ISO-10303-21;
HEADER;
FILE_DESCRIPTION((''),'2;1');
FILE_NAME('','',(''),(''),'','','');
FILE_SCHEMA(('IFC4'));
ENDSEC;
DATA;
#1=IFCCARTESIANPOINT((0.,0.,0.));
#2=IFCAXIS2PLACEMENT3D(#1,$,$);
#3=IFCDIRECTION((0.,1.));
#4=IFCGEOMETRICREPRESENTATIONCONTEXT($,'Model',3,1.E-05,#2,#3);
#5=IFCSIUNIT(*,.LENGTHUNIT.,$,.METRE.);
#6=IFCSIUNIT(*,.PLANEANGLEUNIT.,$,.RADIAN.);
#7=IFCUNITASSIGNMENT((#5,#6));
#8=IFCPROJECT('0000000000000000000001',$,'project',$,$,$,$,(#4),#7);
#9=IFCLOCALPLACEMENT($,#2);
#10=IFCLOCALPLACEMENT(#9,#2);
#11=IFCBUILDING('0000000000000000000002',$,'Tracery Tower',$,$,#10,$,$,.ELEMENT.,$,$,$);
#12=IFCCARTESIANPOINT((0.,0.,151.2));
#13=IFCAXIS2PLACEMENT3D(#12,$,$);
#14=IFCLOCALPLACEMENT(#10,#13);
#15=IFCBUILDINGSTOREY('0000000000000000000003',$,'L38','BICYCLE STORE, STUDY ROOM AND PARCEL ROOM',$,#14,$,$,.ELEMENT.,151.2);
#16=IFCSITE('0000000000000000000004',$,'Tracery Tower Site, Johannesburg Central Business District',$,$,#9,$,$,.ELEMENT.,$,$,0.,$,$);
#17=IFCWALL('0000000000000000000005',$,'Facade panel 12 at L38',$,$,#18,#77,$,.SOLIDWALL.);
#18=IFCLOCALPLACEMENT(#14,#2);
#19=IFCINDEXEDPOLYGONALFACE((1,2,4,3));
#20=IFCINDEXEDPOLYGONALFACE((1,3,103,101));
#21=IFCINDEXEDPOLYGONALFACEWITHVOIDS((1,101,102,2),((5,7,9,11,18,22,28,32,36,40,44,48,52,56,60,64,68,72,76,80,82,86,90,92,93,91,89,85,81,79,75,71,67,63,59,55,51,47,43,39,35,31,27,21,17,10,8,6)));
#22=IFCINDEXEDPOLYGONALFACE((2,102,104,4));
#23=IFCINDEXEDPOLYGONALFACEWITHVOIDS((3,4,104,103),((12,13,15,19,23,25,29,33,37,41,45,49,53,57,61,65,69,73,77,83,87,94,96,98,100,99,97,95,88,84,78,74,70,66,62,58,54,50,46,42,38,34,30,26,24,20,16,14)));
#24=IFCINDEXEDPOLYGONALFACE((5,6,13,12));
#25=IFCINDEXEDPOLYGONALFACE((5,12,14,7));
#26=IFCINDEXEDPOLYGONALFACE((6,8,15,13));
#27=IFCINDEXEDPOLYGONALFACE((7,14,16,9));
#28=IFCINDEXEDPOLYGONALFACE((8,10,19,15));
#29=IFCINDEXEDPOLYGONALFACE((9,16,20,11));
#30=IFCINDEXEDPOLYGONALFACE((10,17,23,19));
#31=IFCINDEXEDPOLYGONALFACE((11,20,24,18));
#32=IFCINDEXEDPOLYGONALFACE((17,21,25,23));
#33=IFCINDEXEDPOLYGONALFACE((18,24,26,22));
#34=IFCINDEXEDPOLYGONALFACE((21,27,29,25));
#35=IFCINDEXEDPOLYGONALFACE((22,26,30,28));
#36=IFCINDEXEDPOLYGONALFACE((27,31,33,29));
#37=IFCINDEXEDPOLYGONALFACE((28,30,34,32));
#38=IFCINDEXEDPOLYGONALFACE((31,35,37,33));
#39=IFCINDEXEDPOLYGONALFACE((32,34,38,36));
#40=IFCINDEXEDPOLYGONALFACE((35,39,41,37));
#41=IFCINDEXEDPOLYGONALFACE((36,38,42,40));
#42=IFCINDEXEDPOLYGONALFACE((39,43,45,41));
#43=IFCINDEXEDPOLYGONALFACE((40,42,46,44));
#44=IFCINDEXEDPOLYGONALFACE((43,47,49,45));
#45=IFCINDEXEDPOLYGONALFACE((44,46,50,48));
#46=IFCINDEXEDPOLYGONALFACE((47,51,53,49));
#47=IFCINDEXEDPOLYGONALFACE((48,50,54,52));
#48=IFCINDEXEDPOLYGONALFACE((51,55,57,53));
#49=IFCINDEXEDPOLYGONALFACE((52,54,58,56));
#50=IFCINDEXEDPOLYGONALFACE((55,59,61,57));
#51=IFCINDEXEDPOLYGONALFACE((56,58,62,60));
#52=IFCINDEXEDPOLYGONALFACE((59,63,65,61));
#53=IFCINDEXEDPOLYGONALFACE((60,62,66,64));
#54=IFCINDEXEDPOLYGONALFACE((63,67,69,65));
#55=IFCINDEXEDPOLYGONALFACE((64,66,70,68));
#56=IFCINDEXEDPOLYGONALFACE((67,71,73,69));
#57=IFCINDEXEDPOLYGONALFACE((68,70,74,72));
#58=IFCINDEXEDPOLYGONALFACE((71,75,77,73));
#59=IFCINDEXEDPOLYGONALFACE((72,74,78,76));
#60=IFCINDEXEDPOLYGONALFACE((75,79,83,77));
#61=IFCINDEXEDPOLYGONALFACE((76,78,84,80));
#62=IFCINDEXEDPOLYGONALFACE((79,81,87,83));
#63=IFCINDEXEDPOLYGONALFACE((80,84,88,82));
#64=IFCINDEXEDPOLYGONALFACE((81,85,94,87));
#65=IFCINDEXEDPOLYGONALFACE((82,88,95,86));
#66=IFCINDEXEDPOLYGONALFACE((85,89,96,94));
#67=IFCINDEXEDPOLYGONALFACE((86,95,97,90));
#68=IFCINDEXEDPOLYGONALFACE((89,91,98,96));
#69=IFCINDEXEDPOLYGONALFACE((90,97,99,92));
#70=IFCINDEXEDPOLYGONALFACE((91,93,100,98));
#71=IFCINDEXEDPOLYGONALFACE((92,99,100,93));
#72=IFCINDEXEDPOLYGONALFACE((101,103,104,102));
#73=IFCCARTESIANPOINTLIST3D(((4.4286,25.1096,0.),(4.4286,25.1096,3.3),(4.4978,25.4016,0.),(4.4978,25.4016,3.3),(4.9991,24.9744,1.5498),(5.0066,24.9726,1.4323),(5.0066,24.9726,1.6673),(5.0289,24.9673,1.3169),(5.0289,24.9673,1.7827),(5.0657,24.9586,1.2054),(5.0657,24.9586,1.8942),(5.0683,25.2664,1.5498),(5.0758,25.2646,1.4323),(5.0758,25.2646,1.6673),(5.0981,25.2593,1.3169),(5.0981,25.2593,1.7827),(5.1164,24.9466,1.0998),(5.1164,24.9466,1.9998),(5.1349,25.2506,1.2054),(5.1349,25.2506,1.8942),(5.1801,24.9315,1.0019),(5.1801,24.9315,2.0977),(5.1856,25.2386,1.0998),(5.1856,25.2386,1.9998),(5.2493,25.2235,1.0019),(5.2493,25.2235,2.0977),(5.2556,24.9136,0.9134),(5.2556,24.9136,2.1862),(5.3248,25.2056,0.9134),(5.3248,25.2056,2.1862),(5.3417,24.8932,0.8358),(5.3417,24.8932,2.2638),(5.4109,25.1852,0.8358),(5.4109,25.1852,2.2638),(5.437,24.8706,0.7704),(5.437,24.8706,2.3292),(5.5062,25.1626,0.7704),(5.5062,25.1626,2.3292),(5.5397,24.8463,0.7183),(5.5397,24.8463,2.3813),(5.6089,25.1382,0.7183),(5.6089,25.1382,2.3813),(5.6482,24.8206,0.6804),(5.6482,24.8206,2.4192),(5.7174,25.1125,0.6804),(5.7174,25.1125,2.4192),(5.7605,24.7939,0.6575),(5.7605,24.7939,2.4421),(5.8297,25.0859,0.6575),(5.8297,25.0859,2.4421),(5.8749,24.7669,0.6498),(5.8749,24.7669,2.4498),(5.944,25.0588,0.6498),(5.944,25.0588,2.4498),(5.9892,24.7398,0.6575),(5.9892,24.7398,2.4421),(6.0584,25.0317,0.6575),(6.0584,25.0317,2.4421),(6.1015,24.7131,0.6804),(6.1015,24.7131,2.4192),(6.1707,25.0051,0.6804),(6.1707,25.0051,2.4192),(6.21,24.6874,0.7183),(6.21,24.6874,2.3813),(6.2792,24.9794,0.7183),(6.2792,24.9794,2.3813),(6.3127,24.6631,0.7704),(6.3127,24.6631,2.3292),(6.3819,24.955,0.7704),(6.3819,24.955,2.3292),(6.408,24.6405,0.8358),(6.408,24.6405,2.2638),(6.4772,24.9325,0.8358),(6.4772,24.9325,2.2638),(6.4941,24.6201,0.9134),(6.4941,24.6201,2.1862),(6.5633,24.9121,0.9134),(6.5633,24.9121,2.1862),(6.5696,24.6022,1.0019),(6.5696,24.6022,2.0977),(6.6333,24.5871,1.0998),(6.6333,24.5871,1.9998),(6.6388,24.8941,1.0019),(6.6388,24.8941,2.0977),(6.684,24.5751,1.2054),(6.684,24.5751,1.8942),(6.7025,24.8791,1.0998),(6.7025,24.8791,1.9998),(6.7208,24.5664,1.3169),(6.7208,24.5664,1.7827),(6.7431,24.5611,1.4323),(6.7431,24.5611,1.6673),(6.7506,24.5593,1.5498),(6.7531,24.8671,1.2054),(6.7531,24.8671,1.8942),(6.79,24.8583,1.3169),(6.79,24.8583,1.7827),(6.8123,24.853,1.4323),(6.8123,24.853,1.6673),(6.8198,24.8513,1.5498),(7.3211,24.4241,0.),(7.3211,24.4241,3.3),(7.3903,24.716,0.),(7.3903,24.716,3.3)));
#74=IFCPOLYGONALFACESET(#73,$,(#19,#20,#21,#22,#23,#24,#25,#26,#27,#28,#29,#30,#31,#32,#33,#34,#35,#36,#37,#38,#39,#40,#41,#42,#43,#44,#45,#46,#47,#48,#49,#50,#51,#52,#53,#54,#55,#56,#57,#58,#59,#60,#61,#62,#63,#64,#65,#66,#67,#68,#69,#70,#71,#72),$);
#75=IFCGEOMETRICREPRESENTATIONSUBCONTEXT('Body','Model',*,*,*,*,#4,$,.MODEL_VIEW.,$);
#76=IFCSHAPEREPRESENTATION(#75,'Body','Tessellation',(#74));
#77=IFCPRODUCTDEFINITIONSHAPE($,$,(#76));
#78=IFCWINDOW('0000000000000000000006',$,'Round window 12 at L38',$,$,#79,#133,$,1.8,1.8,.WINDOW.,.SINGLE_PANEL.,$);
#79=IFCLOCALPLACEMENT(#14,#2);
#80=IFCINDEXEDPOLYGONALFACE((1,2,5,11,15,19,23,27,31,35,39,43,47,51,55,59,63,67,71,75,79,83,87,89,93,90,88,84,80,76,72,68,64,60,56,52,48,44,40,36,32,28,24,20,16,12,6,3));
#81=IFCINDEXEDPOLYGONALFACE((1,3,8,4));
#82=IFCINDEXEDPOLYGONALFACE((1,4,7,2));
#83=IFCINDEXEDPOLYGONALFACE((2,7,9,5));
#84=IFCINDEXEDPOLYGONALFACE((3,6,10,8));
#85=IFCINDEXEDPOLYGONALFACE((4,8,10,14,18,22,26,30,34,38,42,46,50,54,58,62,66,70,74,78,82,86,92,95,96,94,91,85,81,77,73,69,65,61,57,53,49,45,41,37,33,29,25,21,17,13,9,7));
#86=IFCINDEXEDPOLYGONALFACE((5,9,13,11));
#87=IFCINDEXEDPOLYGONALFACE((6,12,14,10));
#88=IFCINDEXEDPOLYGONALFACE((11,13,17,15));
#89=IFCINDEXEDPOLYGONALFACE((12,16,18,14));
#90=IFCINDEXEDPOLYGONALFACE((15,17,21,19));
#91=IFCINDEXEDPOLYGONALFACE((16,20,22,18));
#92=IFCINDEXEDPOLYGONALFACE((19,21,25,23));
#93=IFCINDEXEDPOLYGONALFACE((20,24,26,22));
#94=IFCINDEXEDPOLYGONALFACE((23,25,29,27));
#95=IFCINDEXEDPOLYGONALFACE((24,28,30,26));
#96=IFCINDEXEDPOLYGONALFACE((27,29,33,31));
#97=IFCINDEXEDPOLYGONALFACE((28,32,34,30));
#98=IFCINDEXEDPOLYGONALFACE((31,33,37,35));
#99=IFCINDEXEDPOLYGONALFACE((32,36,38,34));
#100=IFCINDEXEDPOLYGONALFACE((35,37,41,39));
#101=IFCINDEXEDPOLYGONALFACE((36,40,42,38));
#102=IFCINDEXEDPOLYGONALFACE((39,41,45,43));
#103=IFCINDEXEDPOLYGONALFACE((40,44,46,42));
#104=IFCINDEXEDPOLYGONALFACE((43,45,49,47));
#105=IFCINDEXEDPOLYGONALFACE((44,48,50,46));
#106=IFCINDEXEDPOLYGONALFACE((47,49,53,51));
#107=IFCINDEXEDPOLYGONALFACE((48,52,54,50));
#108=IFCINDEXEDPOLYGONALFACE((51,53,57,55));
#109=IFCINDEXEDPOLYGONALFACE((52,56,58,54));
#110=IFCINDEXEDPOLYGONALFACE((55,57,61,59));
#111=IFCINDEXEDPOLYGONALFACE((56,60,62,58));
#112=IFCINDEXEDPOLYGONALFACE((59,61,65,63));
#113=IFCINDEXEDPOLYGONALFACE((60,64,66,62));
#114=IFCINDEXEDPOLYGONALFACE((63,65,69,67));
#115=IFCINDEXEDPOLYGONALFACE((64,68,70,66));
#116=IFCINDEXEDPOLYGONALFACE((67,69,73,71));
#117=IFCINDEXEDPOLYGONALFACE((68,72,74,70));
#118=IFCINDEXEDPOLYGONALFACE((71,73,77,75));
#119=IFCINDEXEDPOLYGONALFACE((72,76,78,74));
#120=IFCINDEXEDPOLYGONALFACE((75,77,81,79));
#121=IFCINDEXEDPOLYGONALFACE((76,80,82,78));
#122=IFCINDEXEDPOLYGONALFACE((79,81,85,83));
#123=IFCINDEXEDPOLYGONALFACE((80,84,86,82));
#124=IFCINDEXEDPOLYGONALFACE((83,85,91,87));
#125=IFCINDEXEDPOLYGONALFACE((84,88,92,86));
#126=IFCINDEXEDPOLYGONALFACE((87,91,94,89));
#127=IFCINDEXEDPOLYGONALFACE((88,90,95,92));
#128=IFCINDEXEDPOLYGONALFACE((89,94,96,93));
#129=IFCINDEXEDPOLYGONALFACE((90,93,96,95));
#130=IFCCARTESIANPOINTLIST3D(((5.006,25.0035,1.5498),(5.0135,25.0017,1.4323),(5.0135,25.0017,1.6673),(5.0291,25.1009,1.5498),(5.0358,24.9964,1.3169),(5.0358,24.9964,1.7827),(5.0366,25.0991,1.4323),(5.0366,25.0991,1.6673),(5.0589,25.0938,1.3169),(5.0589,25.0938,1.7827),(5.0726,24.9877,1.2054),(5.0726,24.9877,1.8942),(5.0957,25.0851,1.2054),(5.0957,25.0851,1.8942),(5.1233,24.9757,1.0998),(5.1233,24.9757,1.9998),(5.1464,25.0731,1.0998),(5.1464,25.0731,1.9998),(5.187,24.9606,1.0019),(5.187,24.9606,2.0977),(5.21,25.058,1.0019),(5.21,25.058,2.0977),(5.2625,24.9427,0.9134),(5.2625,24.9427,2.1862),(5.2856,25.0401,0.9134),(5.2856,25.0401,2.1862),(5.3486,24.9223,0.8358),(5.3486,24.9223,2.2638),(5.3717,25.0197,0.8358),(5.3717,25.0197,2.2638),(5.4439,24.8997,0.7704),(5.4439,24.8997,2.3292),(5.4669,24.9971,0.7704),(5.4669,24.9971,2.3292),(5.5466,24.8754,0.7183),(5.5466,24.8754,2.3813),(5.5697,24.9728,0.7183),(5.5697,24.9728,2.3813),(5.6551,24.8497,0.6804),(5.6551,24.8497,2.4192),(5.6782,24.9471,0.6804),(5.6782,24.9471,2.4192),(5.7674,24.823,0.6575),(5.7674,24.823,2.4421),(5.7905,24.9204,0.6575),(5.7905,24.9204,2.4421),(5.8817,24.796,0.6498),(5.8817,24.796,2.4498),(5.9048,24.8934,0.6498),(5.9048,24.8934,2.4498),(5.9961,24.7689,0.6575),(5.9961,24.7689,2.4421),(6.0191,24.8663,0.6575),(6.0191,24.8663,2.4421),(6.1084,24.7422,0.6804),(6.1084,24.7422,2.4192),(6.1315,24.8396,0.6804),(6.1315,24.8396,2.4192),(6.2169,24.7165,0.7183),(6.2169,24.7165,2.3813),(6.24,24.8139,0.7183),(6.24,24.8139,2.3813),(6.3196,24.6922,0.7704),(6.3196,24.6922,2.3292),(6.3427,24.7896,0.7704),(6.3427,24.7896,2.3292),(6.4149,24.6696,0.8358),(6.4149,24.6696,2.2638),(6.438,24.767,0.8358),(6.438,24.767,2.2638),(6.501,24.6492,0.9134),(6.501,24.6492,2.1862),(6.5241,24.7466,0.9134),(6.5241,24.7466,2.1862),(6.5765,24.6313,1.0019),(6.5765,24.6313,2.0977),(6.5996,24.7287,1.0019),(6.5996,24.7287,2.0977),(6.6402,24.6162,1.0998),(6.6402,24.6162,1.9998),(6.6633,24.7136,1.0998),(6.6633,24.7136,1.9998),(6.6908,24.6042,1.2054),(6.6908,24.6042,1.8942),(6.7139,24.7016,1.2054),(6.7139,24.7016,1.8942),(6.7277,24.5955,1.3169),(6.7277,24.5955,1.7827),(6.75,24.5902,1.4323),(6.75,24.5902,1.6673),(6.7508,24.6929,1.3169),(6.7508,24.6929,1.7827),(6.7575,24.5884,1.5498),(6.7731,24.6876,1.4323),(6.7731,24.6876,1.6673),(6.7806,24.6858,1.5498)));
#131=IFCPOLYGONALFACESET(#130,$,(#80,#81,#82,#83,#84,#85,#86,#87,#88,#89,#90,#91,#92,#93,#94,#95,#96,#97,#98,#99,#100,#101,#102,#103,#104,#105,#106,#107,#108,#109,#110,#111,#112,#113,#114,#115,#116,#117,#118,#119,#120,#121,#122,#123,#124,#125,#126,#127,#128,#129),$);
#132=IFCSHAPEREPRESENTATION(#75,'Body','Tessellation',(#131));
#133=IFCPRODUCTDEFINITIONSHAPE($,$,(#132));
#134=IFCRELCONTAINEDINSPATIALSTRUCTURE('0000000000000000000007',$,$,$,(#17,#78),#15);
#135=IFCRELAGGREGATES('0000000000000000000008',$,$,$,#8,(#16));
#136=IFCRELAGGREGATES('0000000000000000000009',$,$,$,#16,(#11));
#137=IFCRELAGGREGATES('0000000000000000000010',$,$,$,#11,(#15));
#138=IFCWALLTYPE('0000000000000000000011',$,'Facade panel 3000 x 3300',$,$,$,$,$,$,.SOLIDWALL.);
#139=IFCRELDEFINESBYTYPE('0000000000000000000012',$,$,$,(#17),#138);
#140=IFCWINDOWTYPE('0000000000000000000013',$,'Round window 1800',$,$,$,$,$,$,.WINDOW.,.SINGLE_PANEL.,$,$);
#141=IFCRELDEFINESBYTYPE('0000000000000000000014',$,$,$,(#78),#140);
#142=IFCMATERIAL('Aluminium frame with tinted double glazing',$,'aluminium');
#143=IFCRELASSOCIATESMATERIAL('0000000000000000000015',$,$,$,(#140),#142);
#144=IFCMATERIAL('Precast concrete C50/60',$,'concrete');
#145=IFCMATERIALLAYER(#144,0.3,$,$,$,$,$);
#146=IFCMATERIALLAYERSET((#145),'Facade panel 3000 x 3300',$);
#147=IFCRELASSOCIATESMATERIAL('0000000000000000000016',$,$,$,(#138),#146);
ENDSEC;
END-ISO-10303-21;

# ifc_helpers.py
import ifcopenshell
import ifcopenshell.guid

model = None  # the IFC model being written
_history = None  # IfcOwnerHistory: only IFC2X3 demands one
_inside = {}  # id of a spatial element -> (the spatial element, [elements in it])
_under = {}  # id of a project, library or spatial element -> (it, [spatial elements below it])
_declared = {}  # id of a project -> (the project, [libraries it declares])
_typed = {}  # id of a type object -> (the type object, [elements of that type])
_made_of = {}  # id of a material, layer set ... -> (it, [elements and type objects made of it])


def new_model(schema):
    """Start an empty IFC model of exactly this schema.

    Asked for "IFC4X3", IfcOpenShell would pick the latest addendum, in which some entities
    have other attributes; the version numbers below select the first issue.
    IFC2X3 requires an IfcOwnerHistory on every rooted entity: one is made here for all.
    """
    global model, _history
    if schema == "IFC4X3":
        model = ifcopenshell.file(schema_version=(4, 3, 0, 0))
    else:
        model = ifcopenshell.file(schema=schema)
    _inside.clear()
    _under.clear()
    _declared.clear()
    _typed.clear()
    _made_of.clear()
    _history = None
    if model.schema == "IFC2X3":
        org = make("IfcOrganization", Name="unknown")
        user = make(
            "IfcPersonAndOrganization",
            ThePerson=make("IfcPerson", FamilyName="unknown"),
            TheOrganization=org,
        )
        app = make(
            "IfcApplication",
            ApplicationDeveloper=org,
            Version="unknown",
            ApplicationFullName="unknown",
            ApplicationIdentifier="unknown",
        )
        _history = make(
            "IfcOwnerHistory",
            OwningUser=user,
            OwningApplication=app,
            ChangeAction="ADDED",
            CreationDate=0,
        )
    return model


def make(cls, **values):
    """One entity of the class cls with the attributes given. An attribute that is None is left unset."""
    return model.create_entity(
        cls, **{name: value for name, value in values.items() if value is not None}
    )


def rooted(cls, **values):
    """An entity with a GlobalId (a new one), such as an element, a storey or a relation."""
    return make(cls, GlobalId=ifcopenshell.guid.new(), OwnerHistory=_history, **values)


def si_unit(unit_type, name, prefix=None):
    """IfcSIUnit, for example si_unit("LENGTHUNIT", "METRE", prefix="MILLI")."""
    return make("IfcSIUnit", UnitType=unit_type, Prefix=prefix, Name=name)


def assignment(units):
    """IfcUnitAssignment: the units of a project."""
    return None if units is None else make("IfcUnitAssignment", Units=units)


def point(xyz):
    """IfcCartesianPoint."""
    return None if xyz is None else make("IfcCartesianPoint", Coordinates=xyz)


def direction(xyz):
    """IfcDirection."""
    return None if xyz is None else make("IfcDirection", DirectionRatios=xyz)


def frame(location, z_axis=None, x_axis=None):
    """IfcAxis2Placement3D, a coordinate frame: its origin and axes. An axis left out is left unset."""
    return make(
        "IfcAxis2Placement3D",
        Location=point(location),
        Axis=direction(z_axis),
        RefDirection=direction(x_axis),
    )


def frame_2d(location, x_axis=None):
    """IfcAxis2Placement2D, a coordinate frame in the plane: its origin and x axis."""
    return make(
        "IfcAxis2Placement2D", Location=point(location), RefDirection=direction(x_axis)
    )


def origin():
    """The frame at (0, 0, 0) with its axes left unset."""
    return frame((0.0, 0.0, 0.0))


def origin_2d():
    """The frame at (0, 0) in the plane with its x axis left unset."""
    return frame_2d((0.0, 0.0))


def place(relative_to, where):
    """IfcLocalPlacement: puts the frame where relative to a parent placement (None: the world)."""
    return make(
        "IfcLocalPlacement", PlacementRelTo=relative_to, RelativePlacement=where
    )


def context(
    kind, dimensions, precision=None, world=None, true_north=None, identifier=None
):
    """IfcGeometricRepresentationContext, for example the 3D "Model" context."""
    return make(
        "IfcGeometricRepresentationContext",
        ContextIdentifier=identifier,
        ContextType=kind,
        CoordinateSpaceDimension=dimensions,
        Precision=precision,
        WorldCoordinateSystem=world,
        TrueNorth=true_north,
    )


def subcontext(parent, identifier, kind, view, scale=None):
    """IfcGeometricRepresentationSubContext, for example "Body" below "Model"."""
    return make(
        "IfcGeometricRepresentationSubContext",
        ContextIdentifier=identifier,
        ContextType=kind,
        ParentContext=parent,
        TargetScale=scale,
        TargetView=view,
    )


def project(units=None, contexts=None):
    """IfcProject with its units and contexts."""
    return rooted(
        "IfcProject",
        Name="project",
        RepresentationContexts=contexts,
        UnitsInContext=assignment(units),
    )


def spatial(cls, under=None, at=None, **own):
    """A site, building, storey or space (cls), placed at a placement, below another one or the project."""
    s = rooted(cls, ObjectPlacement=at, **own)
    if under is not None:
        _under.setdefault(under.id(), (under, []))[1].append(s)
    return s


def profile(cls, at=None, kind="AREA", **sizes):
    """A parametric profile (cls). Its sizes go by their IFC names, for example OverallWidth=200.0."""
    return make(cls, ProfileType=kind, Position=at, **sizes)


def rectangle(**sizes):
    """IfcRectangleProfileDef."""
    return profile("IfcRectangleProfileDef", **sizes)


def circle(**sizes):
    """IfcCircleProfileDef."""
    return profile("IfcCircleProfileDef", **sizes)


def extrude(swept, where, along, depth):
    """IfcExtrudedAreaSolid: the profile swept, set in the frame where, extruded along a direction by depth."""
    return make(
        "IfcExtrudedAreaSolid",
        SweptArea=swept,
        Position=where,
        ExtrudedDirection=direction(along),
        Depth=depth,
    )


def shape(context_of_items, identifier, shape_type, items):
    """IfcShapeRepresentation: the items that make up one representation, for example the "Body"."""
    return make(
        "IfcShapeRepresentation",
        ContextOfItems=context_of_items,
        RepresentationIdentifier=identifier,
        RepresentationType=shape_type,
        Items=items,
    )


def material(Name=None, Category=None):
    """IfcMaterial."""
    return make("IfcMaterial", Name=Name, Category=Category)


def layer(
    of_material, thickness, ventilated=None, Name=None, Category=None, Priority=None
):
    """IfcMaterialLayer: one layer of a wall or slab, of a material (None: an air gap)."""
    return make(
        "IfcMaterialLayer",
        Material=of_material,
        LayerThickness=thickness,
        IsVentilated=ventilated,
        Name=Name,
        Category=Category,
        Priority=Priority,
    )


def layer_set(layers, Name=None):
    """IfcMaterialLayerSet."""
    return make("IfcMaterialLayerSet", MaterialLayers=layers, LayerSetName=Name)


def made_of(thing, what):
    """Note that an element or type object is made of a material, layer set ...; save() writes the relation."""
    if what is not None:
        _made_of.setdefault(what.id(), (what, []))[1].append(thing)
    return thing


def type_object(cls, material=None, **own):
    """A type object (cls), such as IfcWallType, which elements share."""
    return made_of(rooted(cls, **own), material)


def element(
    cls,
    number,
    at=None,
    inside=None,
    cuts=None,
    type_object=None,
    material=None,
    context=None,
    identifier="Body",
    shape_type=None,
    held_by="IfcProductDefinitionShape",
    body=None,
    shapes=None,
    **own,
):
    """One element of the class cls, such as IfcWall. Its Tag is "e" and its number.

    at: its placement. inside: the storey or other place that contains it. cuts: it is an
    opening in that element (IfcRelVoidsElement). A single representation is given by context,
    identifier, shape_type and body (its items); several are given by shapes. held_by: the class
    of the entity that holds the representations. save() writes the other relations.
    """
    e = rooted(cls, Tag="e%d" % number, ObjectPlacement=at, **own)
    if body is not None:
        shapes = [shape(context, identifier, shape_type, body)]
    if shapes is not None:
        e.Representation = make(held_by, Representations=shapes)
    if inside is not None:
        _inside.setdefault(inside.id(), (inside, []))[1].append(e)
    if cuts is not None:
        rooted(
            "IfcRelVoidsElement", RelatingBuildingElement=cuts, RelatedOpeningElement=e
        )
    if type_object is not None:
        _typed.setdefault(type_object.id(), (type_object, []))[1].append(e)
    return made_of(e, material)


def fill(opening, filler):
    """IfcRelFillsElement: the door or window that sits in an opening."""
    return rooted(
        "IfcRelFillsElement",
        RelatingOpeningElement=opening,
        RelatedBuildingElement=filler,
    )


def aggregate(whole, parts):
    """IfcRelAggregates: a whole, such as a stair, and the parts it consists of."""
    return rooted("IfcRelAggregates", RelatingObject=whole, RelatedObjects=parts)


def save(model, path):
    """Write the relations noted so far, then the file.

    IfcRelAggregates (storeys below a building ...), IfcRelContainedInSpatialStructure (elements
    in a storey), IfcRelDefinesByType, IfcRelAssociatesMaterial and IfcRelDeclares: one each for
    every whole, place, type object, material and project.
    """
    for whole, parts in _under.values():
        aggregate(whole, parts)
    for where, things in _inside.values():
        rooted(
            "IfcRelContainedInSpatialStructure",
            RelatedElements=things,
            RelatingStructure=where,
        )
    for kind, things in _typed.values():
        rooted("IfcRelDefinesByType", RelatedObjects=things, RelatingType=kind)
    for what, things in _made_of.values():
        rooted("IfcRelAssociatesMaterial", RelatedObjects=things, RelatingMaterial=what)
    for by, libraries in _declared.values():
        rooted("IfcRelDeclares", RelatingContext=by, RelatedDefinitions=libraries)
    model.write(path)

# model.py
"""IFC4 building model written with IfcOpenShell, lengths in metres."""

from ifc_helpers import new_model, si_unit, direction, frame, frame_2d, origin, origin_2d, place, context, subcontext, project, spatial, rectangle, circle, extrude, material, layer, layer_set, type_object, element, fill, save


model = new_model("IFC4")

# Units and contexts
model_context = context("Model", 3, precision=1e-05, world=origin(), true_north=direction((0.0, 1.0)))
body_context = subcontext(model_context, "Body", "Model", "MODEL_VIEW")
ifc_project = project(units=[si_unit("LENGTHUNIT", "METRE"), si_unit("PLANEANGLEUNIT", "RADIAN")], contexts=[model_context])

# Site, building, storey
site_placement = place(None, origin())
site = spatial("IfcSite", under=ifc_project, at=site_placement, Name="Tracery Tower Site, Johannesburg Central Business District", CompositionType="ELEMENT", RefElevation=0.0)
building_placement = place(site_placement, origin())
building = spatial("IfcBuilding", under=site, at=building_placement, Name="Tracery Tower", CompositionType="ELEMENT")
storey_placement = place(building_placement, frame((0.0, 0.0, 151.2)))
storey = spatial("IfcBuildingStorey", under=building, at=storey_placement, Name="L38", Description="BICYCLE STORE, STUDY ROOM AND PARCEL ROOM", CompositionType="ELEMENT", Elevation=151.2)

# Wall, opening, window
ifc_material_1 = material(Name="Aluminium frame with tinted double glazing", Category="aluminium")
window_type = type_object("IfcWindowType", Name="Round window 1800", PartitioningType="SINGLE_PANEL", PredefinedType="WINDOW", material=ifc_material_1)
ifc_material_2 = material(Name="Precast concrete C50/60", Category="concrete")
ifc_layer_1 = layer(ifc_material_2, 0.3)
ifc_layer_set_1 = layer_set([ifc_layer_1], Name="Facade panel 3000 x 3300")
wall_type_1 = type_object("IfcWallType", Name="Facade panel 3000 x 3300", PredefinedType="SOLIDWALL", material=ifc_layer_set_1)
wall_1_placement = place(storey_placement, frame((7.3557, 24.5701, 0.0), z_axis=(0.0, 0.0, 1.0), x_axis=(-0.973045, 0.230614, 0.0)))
wall_1 = element("IfcWall", 1, at=wall_1_placement, inside=storey, type_object=wall_type_1, Name="Facade panel 12 at L38", PredefinedType="SOLIDWALL", context=body_context, shape_type="SweptSolid", body=[
    extrude(rectangle(XDim=2.9727, YDim=0.3, at=frame_2d((1.4863, 0.0))), origin(), (0.0, 0.0, 1.0), 3.3),
])
opening_1_placement = place(wall_1_placement, frame((1.4863, 0.0, 1.5498)))
opening_1 = element("IfcOpeningElement", 2, at=opening_1_placement, cuts=wall_1, PredefinedType="OPENING", context=body_context, shape_type="SweptSolid", body=[
    extrude(circle(Radius=0.9, at=origin_2d()), frame((0.0, 0.1599, 0.0), z_axis=(0.0, -1.0, 0.0), x_axis=(1.0, 0.0, 0.0)), (0.0, 0.0, 1.0), 0.3201),
])
window_1_placement = place(opening_1_placement, origin())
window_1 = element("IfcWindow", 3, at=window_1_placement, inside=storey, type_object=window_type, Name="Round window 12 at L38", OverallHeight=1.8, OverallWidth=1.8, PartitioningType="SINGLE_PANEL", PredefinedType="WINDOW", context=body_context, shape_type="SweptSolid", body=[
    extrude(circle(Radius=0.9, at=origin_2d()), frame((0.0, 0.1201, 0.0), z_axis=(0.0, -1.0, 0.0), x_axis=(1.0, 0.0, 0.0)), (0.0, 0.0, 1.0), 0.1001),
])
fill(opening_1, window_1)

save(model, "model.ifc")
